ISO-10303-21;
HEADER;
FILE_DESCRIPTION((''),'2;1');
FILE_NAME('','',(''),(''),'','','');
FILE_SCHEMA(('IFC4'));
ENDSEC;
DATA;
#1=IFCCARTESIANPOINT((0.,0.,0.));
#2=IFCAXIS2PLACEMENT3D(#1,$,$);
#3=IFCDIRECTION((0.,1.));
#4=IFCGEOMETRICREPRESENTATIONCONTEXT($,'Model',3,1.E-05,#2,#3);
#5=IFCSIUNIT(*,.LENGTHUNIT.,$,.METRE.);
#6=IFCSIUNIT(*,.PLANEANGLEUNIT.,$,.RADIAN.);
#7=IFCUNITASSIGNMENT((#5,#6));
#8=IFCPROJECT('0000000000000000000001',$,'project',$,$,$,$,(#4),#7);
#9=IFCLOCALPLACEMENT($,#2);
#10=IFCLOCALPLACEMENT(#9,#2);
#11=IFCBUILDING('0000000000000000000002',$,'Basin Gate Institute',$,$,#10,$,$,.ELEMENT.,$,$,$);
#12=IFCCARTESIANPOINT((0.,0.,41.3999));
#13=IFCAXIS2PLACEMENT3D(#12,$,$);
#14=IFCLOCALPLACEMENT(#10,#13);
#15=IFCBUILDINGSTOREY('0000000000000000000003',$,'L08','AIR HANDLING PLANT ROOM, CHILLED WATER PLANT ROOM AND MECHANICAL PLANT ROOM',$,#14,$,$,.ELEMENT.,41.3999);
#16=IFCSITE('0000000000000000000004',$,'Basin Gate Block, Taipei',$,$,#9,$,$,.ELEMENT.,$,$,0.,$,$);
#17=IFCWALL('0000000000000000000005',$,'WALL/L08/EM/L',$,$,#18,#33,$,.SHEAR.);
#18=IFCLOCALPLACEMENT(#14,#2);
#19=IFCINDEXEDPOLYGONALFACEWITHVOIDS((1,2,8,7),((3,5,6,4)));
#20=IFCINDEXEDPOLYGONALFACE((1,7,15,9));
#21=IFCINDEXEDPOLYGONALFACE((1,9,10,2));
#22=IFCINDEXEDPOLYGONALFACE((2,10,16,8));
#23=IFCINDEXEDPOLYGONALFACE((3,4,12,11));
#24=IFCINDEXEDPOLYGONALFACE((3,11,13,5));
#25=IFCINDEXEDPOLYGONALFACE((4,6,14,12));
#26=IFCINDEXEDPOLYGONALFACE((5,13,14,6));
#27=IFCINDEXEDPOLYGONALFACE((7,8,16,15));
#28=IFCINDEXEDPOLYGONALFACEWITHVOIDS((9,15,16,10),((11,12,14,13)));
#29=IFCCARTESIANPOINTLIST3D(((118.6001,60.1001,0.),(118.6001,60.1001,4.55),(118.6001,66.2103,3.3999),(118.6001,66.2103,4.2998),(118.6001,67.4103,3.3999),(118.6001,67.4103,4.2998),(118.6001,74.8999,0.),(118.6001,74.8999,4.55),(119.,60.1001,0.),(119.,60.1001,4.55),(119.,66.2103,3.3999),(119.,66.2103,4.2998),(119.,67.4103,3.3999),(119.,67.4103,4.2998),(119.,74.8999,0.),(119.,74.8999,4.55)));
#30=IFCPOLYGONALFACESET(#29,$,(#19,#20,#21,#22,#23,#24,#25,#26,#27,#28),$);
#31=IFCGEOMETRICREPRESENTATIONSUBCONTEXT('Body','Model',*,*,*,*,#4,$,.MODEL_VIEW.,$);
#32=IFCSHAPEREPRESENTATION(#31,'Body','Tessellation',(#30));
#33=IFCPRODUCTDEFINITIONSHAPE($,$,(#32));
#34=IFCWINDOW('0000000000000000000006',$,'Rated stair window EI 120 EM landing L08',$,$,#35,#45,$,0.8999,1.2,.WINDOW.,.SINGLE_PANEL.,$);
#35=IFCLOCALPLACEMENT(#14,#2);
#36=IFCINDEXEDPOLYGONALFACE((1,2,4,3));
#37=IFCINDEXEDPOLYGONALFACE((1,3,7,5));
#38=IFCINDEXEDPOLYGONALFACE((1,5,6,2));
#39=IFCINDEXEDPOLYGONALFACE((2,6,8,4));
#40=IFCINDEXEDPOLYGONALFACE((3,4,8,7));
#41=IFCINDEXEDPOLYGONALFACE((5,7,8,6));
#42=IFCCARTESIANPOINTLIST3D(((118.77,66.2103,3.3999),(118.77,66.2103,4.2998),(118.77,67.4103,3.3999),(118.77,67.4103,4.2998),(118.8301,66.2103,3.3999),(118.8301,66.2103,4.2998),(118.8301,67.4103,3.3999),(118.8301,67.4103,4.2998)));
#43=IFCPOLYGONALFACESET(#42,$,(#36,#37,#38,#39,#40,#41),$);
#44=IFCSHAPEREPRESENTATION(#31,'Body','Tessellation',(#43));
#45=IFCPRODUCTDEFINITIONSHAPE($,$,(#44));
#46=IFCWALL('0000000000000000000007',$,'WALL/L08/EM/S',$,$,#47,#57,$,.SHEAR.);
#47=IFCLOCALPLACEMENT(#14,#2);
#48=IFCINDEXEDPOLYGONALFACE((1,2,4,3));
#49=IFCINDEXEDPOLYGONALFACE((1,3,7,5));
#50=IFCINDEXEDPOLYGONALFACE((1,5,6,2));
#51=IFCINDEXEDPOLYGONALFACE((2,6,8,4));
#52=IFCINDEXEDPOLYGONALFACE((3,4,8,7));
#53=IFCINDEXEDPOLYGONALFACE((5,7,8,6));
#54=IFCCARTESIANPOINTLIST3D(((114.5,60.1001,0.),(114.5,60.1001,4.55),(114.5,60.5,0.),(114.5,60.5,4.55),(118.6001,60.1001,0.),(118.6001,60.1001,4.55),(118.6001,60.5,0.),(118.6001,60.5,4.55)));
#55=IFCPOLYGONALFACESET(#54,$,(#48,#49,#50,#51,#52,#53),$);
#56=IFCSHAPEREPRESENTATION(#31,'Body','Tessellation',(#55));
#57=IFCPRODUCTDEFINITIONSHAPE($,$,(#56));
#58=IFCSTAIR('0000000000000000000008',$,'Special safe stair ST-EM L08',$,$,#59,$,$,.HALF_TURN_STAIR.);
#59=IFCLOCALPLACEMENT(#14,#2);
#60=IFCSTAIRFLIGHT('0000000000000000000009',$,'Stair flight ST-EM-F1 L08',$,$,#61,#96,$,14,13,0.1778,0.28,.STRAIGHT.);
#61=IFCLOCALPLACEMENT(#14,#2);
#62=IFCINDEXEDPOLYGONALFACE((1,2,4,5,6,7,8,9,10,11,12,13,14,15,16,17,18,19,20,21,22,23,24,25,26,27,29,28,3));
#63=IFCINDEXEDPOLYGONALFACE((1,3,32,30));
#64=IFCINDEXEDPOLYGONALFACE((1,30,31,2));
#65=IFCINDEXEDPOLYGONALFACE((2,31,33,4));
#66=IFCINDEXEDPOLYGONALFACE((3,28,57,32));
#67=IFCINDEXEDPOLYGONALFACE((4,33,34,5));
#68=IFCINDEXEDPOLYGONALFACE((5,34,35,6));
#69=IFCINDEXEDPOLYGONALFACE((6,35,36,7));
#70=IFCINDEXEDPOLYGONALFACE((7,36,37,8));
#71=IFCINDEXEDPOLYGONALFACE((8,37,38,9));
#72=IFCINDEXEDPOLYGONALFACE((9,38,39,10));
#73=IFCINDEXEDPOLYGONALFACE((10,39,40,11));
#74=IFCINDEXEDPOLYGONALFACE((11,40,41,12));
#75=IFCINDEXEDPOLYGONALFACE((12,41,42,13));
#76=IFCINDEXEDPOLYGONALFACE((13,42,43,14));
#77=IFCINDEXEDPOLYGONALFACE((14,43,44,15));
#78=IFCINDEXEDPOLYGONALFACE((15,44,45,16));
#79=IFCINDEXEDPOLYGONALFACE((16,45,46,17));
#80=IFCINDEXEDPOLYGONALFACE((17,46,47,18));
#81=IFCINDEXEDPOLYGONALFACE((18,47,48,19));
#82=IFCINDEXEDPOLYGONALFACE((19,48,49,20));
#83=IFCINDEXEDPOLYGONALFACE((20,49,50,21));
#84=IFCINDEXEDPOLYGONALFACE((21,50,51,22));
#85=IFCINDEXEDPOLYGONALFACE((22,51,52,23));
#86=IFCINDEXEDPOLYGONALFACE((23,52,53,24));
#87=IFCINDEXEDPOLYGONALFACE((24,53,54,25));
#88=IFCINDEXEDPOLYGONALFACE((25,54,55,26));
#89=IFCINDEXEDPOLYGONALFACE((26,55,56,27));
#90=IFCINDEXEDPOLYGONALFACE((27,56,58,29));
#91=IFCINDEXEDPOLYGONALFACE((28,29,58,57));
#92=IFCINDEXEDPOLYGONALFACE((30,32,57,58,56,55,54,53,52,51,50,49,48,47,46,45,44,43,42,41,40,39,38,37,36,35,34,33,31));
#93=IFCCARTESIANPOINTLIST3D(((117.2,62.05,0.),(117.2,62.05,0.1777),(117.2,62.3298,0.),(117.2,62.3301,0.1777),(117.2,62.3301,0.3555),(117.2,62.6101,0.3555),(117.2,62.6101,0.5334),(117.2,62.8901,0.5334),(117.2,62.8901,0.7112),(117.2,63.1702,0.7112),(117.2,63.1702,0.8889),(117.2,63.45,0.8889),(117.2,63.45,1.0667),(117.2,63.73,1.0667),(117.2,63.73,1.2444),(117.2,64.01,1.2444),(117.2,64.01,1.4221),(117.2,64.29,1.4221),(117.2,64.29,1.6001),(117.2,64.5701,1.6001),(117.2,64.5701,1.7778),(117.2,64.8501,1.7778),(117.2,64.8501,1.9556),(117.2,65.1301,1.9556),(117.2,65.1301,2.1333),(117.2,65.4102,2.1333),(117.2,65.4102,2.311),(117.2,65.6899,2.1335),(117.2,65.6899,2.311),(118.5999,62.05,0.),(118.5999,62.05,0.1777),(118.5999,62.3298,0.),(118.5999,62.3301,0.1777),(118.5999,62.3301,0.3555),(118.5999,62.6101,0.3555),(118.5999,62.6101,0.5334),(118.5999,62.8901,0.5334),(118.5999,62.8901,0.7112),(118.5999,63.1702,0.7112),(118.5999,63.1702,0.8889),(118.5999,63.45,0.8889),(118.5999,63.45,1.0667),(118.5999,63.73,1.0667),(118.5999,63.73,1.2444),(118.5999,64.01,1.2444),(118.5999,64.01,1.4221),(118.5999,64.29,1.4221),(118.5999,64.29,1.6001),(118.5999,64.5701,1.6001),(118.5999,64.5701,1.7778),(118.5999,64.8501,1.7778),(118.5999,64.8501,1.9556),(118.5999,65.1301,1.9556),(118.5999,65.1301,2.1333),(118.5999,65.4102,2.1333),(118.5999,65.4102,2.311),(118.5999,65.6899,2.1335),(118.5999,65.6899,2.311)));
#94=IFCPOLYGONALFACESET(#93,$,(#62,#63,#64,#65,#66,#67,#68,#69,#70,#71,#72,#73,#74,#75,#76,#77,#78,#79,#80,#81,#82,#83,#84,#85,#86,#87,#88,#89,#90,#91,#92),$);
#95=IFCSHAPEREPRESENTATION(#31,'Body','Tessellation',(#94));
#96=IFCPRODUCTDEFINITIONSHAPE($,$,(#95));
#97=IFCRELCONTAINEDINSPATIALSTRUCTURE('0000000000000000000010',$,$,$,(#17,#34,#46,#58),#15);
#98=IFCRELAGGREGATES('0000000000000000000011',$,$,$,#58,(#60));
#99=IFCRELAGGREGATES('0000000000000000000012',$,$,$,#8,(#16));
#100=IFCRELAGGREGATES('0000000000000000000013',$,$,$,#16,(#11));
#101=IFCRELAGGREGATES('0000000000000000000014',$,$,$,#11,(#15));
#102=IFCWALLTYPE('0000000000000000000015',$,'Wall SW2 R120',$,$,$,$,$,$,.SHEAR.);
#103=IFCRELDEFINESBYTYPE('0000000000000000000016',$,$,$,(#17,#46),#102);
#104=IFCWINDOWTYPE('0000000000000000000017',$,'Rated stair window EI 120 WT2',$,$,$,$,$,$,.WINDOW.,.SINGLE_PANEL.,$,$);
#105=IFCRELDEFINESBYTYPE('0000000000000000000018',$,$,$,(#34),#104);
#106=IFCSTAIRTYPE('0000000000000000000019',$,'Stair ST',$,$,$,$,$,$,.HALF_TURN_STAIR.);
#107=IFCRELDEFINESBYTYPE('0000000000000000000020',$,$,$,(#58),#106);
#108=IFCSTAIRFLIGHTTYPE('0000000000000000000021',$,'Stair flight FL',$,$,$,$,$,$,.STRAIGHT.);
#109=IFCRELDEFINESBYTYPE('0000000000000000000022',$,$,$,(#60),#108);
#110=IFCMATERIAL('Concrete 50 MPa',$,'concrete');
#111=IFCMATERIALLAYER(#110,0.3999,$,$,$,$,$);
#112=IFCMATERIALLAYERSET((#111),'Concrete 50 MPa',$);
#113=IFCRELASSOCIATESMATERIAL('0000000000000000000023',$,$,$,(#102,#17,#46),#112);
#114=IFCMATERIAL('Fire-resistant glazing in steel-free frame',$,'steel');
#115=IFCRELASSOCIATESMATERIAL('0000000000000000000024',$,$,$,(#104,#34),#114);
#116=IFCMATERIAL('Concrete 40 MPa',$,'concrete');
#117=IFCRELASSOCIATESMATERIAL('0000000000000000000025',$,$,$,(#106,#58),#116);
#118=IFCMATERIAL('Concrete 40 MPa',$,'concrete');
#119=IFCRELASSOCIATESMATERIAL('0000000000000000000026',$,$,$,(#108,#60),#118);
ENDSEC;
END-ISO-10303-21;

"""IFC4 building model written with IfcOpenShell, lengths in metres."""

from ifc_helpers import new_model, si_unit, direction, frame, frame_2d, origin, place, context, subcontext, project, spatial, polyline, rectangle, outline, extrude, material, layer, layer_set, type_object, element, fill, aggregate, save


model = new_model("IFC4")

# Units and contexts
model_context = context("Model", 3, precision=1e-05, world=origin(), true_north=direction((0.0, 1.0)))
body_context = subcontext(model_context, "Body", "Model", "MODEL_VIEW")
ifc_project = project(units=[si_unit("LENGTHUNIT", "METRE"), si_unit("PLANEANGLEUNIT", "RADIAN")], contexts=[model_context])

# Site, building, storey
site_placement = place(None, origin())
site = spatial("IfcSite", under=ifc_project, at=site_placement, Name="Basin Gate Block, Taipei", CompositionType="ELEMENT", RefElevation=0.0)
building_placement = place(site_placement, origin())
building = spatial("IfcBuilding", under=site, at=building_placement, Name="Basin Gate Institute", CompositionType="ELEMENT")
storey_placement = place(building_placement, frame((0.0, 0.0, 41.3999)))
storey = spatial("IfcBuildingStorey", under=building, at=storey_placement, Name="L08", Description="AIR HANDLING PLANT ROOM, CHILLED WATER PLANT ROOM AND MECHANICAL PLANT ROOM", CompositionType="ELEMENT", Elevation=41.3999)

# Wall, opening, window
ifc_material_1 = material(Name="Concrete 50 MPa", Category="concrete")
ifc_layer_1 = layer(ifc_material_1, 0.3999)
ifc_layer_set_1 = layer_set([ifc_layer_1], Name="Concrete 50 MPa")
wall_type_1 = type_object("IfcWallType", Name="Wall SW2 R120", PredefinedType="SHEAR", material=ifc_layer_set_1)
wall_1_placement = place(storey_placement, frame((118.8, 60.1001, 0.0), z_axis=(0.0, 0.0, 1.0), x_axis=(0.0, 1.0, 0.0)))
wall_1 = element("IfcWall", 1, at=wall_1_placement, inside=storey, type_object=wall_type_1, material=ifc_layer_set_1, Name="WALL/L08/EM/L", PredefinedType="SHEAR", context=body_context, shape_type="SweptSolid", body=[
    extrude(rectangle(XDim=14.7998, YDim=0.3999, at=frame_2d((7.3999, 0.0))), origin(), (0.0, 0.0, 1.0), 4.55),
])
opening_1_placement = place(wall_1_placement, frame((6.1101, 0.0, 3.3999)))
opening_1 = element("IfcOpeningElement", 2, at=opening_1_placement, cuts=wall_1, PredefinedType="OPENING", context=body_context, shape_type="SweptSolid", body=[
    extrude(rectangle(XDim=1.2, YDim=0.8999, at=frame_2d((0.6001, 0.45))), frame((0.0, 0.21, 0.0), z_axis=(0.0, -1.0, 0.0), x_axis=(1.0, 0.0, 0.0)), (0.0, 0.0, 1.0), 0.4199),
])
ifc_material_2 = material(Name="Fire-resistant glazing in steel-free frame", Category="steel")
window_type_1 = type_object("IfcWindowType", Name="Rated stair window EI 120 WT2", PartitioningType="SINGLE_PANEL", PredefinedType="WINDOW", material=ifc_material_2)
window_1_placement = place(opening_1_placement, origin())
window_1 = element("IfcWindow", 3, at=window_1_placement, inside=storey, type_object=window_type_1, material=ifc_material_2, Name="Rated stair window EI 120 EM landing L08", OverallHeight=0.8999, OverallWidth=1.2, PartitioningType="SINGLE_PANEL", PredefinedType="WINDOW", context=body_context, shape_type="SweptSolid", body=[
    extrude(rectangle(XDim=1.2, YDim=0.8999, at=frame_2d((0.6001, 0.45))), frame((0.0, 0.03, 0.0), z_axis=(0.0, -1.0, 0.0), x_axis=(1.0, 0.0, 0.0)), (0.0, 0.0, 1.0), 0.0601),
])
fill(opening_1, window_1)

# Wall
wall_2_placement = place(storey_placement, frame((118.6001, 60.3, 0.0), z_axis=(0.0, 0.0, 1.0), x_axis=(-1.0, 0.0, 0.0)))
element("IfcWall", 4, at=wall_2_placement, inside=storey, type_object=wall_type_1, material=ifc_layer_set_1, Name="WALL/L08/EM/S", PredefinedType="SHEAR", context=body_context, shape_type="SweptSolid", body=[
    extrude(rectangle(XDim=4.1001, YDim=0.3999, at=frame_2d((2.05, 0.0))), origin(), (0.0, 0.0, 1.0), 4.55),
])

# Stair, stair flight
ifc_material_3 = material(Name="Concrete 40 MPa", Category="concrete")
stair_type = type_object("IfcStairType", Name="Stair ST", PredefinedType="HALF_TURN_STAIR", material=ifc_material_3)
stair_placement = place(storey_placement, origin())
stair = element("IfcStair", 5, at=stair_placement, inside=storey, type_object=stair_type, material=ifc_material_3, Name="Special safe stair ST-EM L08", PredefinedType="HALF_TURN_STAIR")
ifc_material_4 = material(Name="Concrete 40 MPa", Category="concrete")
stair_flight_type = type_object("IfcStairFlightType", Name="Stair flight FL", PredefinedType="STRAIGHT", material=ifc_material_4)
stair_flight_placement = place(storey_placement, frame((117.8999, 62.05, 0.0), z_axis=(0.0, 0.0, 1.0), x_axis=(0.0, 1.0, 0.0)))
stair_flight = element("IfcStairFlight", 6, at=stair_flight_placement, type_object=stair_flight_type, material=ifc_material_4, Name="Stair flight ST-EM-F1 L08", NumberOfRisers=14, NumberOfTreads=13, PredefinedType="STRAIGHT", RiserHeight=0.1778, TreadLength=0.28, context=body_context, shape_type="SweptSolid", body=[
    extrude(outline(polyline([(0.0, 0.0), (0.0, 0.1777), (0.28, 0.1777), (0.28, 0.3555), (0.5601, 0.3555), (0.5601, 0.5334), (0.8401, 0.5334), (0.8401, 0.7112), (1.1201, 0.7112), (1.1201, 0.8889), (1.3999, 0.8889), (1.3999, 1.0667), (1.6799, 1.0667), (1.6799, 1.2444), (1.96, 1.2444), (1.96, 1.4221), (2.24, 1.4221), (2.24, 1.6001), (2.52, 1.6001), (2.52, 1.7778), (2.8, 1.7778), (2.8, 1.9556), (3.0801, 1.9556), (3.0801, 2.1333), (3.3601, 2.1333), (3.3601, 2.311), (3.6399, 2.311), (3.6399, 2.4888), (3.6399, 2.1335), (0.2798, 0.0), (0.0, 0.0)])), frame((0.0, 0.7, 0.0), z_axis=(0.0, -1.0, 0.0), x_axis=(1.0, 0.0, 0.0)), (0.0, 0.0, 1.0), 1.3999),
])
aggregate(stair, [stair_flight])

save(model, "model.ifc")
